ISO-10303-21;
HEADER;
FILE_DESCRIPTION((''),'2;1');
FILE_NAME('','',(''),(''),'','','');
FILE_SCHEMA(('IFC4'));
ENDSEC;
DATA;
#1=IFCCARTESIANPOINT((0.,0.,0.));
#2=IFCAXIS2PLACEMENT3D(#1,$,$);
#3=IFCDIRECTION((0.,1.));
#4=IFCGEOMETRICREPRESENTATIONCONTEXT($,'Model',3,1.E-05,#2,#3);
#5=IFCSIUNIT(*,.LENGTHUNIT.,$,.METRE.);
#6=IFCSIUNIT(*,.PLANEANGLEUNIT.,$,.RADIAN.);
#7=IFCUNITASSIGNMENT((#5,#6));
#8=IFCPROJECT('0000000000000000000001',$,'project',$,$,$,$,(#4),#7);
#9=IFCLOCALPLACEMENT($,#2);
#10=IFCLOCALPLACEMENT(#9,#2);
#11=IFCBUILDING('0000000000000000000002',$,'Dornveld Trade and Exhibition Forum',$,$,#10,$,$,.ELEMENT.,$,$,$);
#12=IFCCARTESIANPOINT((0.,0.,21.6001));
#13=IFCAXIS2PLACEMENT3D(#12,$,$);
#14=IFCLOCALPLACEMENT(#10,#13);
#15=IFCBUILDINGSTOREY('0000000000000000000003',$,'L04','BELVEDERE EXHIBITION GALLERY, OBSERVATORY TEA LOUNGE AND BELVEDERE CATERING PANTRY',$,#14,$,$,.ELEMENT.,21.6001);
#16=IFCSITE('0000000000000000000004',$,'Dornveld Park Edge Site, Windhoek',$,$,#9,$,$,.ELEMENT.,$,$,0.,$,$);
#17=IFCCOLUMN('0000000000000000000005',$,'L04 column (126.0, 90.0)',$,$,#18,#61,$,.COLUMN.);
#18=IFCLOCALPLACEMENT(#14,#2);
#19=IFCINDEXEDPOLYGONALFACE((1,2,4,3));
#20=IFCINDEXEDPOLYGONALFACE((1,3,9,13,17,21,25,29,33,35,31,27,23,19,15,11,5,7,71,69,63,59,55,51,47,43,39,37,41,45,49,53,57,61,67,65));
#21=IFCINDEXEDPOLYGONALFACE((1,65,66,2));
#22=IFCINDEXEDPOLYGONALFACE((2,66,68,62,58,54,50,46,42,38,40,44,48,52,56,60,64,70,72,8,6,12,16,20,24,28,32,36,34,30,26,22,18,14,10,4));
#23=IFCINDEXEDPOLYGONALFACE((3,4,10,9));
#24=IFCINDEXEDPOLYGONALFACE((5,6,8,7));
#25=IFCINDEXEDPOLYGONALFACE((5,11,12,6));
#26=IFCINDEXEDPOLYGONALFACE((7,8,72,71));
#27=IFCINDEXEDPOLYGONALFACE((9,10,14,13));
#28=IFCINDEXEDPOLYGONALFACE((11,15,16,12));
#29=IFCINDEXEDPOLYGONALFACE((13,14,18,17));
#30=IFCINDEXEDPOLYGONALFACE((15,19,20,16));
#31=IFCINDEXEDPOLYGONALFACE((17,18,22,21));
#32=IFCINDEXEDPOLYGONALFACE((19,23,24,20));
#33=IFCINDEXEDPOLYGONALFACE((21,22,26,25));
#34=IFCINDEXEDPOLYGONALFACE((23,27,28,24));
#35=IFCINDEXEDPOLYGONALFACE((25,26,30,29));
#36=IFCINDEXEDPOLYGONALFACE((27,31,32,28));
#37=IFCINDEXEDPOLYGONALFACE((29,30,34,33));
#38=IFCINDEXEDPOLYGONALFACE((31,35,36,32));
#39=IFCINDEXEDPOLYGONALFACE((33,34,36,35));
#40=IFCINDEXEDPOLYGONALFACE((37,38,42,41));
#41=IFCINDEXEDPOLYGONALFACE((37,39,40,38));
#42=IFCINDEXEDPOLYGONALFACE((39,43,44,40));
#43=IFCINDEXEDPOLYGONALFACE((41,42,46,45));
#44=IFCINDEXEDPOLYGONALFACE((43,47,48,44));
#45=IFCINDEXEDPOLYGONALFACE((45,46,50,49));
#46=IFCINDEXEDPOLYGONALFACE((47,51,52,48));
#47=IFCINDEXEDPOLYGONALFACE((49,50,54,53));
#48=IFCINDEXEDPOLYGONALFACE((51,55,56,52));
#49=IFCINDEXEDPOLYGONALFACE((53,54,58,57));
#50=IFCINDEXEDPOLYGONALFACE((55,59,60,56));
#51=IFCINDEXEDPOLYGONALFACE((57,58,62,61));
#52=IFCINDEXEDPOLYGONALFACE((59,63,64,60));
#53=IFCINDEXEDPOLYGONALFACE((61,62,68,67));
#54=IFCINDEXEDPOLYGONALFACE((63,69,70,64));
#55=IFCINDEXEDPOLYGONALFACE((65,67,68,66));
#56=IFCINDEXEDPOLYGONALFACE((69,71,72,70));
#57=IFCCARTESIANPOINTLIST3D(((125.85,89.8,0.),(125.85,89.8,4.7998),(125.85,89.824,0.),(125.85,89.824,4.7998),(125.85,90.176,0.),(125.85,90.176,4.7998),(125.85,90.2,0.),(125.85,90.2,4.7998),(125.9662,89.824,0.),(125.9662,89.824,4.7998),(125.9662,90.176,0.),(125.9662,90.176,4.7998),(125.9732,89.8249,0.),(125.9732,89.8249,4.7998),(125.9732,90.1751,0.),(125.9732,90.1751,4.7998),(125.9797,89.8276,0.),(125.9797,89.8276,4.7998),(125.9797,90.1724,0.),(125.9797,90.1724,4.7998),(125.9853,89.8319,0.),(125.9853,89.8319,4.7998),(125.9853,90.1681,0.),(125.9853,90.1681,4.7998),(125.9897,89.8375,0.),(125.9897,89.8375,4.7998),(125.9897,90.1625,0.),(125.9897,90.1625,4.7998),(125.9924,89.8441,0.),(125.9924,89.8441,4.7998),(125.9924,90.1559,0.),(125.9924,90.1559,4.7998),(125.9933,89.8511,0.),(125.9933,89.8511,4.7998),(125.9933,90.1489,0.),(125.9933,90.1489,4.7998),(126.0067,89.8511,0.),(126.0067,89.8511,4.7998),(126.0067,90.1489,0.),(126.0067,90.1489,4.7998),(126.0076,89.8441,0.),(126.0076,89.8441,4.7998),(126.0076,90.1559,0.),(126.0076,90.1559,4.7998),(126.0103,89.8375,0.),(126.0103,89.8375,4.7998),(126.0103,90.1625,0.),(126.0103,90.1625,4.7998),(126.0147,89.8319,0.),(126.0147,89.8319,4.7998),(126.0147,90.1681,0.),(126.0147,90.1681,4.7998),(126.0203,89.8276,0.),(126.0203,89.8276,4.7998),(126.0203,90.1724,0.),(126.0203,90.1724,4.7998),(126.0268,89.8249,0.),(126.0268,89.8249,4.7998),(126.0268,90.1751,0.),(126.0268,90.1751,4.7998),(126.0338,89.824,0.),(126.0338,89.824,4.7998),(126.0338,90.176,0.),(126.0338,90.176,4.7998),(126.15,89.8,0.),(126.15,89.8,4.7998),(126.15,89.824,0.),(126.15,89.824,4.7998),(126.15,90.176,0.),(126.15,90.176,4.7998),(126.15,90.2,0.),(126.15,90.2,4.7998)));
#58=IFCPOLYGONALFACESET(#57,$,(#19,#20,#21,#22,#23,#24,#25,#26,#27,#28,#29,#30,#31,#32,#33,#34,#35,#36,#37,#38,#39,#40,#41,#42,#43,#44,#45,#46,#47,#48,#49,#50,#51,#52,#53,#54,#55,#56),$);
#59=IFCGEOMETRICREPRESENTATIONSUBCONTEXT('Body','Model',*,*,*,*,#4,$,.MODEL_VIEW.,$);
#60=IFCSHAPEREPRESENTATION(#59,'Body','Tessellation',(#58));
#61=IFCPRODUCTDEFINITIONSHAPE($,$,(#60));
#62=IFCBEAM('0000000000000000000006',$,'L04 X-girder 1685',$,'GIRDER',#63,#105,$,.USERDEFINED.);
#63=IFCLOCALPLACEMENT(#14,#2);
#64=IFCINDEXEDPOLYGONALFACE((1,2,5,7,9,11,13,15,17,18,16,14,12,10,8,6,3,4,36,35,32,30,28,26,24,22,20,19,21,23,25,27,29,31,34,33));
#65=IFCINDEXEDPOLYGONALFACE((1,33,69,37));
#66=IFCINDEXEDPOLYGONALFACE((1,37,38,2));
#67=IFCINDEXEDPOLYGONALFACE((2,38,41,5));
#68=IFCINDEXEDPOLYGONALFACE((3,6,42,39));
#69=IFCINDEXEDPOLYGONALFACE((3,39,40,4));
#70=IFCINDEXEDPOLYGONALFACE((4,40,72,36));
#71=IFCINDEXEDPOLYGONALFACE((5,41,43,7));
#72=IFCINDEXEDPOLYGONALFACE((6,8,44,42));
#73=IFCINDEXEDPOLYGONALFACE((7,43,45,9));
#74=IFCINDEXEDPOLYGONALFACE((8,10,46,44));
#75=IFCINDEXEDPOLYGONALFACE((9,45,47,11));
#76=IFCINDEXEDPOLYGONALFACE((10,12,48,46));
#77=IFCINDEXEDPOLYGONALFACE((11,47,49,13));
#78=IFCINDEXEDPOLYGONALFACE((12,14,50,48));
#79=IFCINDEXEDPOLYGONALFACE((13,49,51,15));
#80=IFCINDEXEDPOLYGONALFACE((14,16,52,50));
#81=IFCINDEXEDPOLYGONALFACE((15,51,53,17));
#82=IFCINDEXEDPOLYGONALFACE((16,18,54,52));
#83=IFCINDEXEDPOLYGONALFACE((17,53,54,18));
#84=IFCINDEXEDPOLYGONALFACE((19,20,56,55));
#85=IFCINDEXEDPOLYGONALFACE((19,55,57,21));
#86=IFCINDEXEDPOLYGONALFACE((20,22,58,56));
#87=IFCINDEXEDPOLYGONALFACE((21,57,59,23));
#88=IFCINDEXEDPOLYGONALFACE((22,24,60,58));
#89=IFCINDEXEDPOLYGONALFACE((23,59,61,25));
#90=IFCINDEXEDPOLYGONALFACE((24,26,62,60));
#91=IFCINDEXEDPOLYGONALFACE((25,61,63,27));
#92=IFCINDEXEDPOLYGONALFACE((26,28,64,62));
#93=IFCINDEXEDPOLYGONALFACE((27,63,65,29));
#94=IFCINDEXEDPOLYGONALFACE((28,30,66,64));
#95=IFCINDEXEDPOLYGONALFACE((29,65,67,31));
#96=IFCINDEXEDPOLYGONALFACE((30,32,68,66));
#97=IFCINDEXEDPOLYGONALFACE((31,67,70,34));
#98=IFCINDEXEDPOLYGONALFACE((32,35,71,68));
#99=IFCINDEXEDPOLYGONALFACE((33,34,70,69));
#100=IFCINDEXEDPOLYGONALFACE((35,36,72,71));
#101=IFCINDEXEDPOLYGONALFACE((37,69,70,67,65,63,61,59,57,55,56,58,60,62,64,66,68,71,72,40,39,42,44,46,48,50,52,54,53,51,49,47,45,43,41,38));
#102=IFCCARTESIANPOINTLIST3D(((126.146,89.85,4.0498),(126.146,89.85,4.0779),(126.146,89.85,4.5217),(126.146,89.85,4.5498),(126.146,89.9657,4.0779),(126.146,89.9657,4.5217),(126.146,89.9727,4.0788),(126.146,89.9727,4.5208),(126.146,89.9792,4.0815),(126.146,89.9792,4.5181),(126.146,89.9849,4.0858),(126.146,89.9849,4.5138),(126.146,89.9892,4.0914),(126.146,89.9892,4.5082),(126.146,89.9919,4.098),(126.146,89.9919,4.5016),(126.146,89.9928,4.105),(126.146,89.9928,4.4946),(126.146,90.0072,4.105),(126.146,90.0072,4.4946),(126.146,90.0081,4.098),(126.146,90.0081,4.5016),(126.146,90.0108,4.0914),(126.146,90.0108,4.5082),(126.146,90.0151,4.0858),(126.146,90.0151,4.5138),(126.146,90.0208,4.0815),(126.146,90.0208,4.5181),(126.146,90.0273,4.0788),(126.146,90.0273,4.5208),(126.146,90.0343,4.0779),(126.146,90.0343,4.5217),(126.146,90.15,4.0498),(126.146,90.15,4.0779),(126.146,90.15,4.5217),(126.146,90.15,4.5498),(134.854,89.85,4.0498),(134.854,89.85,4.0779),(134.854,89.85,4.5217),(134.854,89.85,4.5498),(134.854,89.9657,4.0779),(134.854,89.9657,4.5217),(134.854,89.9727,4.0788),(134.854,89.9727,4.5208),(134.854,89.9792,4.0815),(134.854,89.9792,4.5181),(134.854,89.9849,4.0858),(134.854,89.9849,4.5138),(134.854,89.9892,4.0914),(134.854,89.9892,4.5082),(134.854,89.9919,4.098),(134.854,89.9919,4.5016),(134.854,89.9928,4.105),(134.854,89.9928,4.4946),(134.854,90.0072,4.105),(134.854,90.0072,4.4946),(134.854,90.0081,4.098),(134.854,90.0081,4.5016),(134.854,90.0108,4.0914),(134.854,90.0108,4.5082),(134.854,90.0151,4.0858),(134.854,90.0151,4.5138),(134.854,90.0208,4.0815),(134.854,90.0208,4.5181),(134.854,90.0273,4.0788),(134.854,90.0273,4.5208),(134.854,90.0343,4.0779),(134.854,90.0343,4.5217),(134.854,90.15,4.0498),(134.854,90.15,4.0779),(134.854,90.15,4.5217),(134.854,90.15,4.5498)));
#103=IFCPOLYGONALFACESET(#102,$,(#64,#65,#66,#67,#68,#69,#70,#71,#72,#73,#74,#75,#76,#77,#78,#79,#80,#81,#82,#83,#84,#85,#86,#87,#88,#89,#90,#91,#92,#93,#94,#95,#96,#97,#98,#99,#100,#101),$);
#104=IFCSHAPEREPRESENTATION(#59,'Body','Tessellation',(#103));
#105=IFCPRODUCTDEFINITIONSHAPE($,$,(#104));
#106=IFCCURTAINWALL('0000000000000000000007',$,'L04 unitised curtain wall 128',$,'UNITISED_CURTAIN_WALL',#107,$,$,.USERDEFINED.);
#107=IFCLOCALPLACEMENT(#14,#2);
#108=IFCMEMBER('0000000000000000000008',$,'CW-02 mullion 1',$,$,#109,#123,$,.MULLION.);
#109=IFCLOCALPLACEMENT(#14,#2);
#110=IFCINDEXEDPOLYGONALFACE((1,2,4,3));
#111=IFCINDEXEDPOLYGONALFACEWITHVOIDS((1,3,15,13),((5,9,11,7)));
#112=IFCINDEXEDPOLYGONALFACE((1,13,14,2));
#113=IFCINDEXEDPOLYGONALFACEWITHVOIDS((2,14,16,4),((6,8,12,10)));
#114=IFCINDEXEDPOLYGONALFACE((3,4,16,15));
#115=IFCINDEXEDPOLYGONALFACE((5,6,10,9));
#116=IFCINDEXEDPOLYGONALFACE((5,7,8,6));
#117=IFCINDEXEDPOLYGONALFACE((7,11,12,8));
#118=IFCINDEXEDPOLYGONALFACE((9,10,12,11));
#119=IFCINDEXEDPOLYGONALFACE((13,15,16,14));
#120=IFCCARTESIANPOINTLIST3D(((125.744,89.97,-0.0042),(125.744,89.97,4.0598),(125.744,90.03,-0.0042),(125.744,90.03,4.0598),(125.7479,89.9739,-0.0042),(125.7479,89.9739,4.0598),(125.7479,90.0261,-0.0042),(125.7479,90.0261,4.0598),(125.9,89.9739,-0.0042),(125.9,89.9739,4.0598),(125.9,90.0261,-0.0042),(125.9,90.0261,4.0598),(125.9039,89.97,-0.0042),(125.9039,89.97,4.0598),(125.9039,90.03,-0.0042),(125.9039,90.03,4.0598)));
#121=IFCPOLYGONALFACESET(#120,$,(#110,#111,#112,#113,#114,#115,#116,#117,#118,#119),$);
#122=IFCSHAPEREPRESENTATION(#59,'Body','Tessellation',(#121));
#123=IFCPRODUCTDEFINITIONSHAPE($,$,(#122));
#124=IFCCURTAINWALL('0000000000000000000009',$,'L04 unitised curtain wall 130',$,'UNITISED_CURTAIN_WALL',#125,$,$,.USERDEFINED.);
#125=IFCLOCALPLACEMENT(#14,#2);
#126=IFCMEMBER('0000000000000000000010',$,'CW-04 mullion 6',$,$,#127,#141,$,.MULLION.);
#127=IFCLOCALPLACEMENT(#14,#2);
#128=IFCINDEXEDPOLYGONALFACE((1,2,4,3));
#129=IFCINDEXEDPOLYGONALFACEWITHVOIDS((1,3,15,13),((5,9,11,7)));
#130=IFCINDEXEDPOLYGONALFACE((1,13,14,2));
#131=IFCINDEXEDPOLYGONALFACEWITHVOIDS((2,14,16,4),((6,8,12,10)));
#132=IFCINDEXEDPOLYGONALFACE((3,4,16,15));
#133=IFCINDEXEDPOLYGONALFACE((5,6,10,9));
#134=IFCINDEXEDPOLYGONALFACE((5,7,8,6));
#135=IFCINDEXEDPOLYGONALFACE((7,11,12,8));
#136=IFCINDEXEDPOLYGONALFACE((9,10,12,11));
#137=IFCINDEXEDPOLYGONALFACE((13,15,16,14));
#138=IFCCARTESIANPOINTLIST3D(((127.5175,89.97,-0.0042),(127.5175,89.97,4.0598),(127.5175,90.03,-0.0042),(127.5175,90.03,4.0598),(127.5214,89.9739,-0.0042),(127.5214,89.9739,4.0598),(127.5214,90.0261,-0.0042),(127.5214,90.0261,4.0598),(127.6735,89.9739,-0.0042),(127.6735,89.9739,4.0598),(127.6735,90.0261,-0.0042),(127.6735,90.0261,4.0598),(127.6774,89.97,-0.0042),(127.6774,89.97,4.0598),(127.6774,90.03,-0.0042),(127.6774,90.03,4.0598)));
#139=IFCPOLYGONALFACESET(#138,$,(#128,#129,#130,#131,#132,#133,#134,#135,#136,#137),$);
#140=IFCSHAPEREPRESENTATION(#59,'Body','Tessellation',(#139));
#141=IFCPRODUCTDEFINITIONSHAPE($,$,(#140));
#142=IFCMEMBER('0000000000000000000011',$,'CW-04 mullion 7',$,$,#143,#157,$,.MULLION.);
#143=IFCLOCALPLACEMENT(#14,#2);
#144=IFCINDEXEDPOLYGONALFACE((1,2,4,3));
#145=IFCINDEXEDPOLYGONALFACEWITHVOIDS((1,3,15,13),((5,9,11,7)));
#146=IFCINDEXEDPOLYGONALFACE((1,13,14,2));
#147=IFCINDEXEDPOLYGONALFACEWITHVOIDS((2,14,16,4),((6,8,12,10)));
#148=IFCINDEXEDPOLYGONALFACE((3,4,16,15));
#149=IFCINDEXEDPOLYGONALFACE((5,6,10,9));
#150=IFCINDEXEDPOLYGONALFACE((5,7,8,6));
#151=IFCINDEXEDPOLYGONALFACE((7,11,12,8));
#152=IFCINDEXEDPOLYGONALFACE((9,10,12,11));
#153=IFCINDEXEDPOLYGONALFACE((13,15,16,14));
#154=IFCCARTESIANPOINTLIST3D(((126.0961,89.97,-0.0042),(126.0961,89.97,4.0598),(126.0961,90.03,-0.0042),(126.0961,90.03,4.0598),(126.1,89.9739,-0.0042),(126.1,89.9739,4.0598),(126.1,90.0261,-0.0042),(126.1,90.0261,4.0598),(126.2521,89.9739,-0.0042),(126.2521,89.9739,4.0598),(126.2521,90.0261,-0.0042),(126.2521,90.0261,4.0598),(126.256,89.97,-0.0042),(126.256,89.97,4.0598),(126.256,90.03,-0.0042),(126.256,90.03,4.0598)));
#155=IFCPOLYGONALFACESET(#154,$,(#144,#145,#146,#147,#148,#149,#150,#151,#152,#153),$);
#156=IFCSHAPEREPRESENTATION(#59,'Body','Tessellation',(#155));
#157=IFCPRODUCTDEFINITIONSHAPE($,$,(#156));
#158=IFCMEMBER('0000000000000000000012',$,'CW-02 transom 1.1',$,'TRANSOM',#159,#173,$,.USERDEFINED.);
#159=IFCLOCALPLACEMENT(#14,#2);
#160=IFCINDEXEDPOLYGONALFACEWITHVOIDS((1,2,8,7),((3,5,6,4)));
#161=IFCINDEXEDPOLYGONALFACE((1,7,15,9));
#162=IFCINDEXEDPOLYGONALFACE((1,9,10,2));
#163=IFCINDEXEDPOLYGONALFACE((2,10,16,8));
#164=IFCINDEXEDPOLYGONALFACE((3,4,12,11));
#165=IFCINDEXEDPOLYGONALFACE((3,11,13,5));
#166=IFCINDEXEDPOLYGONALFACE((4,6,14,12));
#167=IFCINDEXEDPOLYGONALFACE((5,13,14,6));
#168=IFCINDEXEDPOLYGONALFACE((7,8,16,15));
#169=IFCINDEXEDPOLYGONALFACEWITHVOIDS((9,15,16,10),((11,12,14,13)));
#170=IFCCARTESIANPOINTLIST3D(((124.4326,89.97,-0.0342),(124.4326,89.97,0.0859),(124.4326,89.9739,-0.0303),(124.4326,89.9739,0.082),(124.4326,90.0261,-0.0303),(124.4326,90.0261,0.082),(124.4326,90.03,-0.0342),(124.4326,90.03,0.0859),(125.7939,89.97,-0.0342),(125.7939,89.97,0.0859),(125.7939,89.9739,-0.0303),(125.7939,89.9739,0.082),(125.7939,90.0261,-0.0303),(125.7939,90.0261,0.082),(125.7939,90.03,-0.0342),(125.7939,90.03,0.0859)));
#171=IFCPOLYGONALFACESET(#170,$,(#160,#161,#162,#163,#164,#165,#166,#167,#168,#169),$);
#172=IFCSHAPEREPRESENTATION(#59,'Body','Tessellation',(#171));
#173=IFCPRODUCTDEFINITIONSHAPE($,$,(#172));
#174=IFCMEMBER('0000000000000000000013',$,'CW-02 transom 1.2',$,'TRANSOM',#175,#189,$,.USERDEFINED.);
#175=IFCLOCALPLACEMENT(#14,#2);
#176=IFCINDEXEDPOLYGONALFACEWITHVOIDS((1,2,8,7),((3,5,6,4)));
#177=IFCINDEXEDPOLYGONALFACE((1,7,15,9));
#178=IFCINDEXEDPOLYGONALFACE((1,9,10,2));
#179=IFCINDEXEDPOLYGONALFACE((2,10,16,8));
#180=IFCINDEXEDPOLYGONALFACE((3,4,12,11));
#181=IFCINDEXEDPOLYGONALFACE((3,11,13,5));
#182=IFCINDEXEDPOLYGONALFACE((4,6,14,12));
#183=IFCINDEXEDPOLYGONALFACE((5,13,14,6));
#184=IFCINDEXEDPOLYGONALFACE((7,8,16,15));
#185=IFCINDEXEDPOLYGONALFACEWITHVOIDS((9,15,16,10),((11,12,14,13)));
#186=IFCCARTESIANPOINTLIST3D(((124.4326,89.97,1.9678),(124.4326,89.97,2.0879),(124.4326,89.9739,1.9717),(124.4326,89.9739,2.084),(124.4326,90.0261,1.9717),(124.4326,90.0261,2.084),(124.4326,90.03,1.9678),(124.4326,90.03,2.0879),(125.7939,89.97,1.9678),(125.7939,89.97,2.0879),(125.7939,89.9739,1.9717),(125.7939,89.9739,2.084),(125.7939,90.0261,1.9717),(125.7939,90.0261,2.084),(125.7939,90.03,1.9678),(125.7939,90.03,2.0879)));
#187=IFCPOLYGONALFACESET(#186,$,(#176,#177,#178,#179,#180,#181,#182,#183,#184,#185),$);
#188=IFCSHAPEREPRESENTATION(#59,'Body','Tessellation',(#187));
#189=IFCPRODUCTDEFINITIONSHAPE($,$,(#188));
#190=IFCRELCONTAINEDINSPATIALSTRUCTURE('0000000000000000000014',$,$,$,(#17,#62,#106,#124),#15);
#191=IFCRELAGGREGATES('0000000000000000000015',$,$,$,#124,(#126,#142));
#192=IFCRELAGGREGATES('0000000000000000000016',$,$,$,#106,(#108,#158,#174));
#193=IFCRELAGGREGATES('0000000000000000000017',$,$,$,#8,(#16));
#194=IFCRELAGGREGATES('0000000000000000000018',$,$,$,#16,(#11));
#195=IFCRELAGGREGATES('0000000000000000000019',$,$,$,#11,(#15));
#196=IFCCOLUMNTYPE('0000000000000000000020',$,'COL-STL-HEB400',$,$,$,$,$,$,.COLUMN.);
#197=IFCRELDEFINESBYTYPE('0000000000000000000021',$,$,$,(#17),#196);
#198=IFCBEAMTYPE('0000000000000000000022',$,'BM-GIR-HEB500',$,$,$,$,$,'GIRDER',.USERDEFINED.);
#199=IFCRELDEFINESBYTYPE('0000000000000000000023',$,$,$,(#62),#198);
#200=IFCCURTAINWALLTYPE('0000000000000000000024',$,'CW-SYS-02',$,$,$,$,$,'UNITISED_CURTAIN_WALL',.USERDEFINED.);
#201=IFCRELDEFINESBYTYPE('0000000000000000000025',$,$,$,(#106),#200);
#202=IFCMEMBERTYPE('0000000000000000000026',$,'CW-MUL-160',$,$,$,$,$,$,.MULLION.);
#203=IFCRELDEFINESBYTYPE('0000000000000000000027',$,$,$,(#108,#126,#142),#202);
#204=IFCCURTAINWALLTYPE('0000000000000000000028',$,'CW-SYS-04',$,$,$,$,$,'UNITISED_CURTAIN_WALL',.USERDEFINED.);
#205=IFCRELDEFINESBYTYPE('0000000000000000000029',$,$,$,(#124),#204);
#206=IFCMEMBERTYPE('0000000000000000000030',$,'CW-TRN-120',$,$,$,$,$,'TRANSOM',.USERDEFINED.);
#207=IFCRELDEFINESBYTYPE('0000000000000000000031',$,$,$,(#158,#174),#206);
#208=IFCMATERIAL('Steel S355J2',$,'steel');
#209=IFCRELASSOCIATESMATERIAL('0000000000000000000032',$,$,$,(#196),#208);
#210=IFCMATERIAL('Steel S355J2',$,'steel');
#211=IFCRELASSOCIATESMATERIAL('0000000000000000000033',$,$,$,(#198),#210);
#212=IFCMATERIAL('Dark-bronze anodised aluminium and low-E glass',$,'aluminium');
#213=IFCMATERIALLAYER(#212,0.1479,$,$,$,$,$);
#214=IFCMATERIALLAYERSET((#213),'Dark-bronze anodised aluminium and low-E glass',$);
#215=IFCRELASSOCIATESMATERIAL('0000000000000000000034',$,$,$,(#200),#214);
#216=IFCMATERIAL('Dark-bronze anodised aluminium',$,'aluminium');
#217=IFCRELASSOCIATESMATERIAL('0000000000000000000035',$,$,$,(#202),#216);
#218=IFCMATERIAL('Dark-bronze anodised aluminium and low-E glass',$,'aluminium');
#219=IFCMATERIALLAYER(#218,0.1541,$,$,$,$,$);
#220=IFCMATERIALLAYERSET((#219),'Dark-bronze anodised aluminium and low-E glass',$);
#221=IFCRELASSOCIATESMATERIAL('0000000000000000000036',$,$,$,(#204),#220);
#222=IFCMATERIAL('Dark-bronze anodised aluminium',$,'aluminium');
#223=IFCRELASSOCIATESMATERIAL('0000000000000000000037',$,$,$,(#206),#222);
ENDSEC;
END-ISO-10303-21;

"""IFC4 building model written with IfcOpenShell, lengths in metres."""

from ifc_helpers import new_model, si_unit, direction, frame, origin, origin_2d, place, context, subcontext, project, spatial, hollow_rectangle, i_section, extrude, material, layer, layer_set, material_profile, profile_set, type_object, element, aggregate, save


model = new_model("IFC4")

# Units and contexts
model_context = context("Model", 3, precision=1e-05, world=origin(), true_north=direction((0.0, 1.0)))
body_context = subcontext(model_context, "Body", "Model", "MODEL_VIEW")
ifc_project = project(units=[si_unit("LENGTHUNIT", "METRE"), si_unit("PLANEANGLEUNIT", "RADIAN")], contexts=[model_context])

# Site, building, storey
site_placement = place(None, origin())
site = spatial("IfcSite", under=ifc_project, at=site_placement, Name="Dornveld Park Edge Site, Windhoek", CompositionType="ELEMENT", RefElevation=0.0)
building_placement = place(site_placement, origin())
building = spatial("IfcBuilding", under=site, at=building_placement, Name="Dornveld Trade and Exhibition Forum", CompositionType="ELEMENT")
storey_placement = place(building_placement, frame((0.0, 0.0, 21.6001)))
storey = spatial("IfcBuildingStorey", under=building, at=storey_placement, Name="L04", Description="BELVEDERE EXHIBITION GALLERY, OBSERVATORY TEA LOUNGE AND BELVEDERE CATERING PANTRY", CompositionType="ELEMENT", Elevation=21.6001)

# Column
ifc_material_1 = material(Name="Steel S355J2", Category="steel")
ifc_material_profile_1 = material_profile(ifc_material_1, i_section(OverallWidth=0.3, OverallDepth=0.3999, WebThickness=0.0134, FlangeThickness=0.0239, FilletRadius=0.0271, at=origin_2d()), Name="HEB 400")
ifc_profile_set_1 = profile_set([ifc_material_profile_1], Name="Steel S355J2")
column_type = type_object("IfcColumnType", Name="COL-STL-HEB400", PredefinedType="COLUMN", material=ifc_profile_set_1)
column_placement = place(storey_placement, frame((126.0, 90.0, 0.0), z_axis=(0.0, 0.0, 1.0), x_axis=(1.0, 0.0, 0.0)))
element("IfcColumn", 1, at=column_placement, inside=storey, type_object=column_type, Name="L04 column (126.0, 90.0)", PredefinedType="COLUMN", context=body_context, shape_type="SweptSolid", body=[
    extrude(i_section(OverallWidth=0.3, OverallDepth=0.3999, WebThickness=0.0134, FlangeThickness=0.0239, FilletRadius=0.0271, at=origin_2d()), origin(), (0.0, 0.0, 1.0), 4.7998),
])

# Beam
ifc_material_2 = material(Name="Steel S355J2", Category="steel")
ifc_material_profile_2 = material_profile(ifc_material_2, i_section(OverallWidth=0.3, OverallDepth=0.5, WebThickness=0.0144, FlangeThickness=0.0281, FilletRadius=0.0271, at=origin_2d()), Name="HEB 500")
ifc_profile_set_2 = profile_set([ifc_material_profile_2], Name="Steel S355J2")
beam_type = type_object("IfcBeamType", Name="BM-GIR-HEB500", ElementType="GIRDER", PredefinedType="USERDEFINED", material=ifc_profile_set_2)
beam_placement = place(storey_placement, frame((126.146, 90.0, 4.2998), z_axis=(1.0, 0.0, 0.0), x_axis=(0.0, 1.0, 0.0)))
element("IfcBeam", 2, at=beam_placement, inside=storey, type_object=beam_type, Name="L04 X-girder 1685", ObjectType="GIRDER", PredefinedType="USERDEFINED", context=body_context, shape_type="SweptSolid", body=[
    extrude(i_section(OverallWidth=0.3, OverallDepth=0.5, WebThickness=0.0144, FlangeThickness=0.0281, FilletRadius=0.0271, at=origin_2d()), origin(), (0.0, 0.0, 1.0), 8.708),
])

# Curtain wall, member
ifc_material_3 = material(Name="Dark-bronze anodised aluminium and low-E glass", Category="aluminium")
ifc_layer_1 = layer(ifc_material_3, 0.1479)
ifc_layer_set_1 = layer_set([ifc_layer_1], Name="Dark-bronze anodised aluminium and low-E glass")
curtain_wall_type_1 = type_object("IfcCurtainWallType", Name="CW-SYS-02", ElementType="UNITISED_CURTAIN_WALL", PredefinedType="USERDEFINED", material=ifc_layer_set_1)
curtain_wall_1_placement = place(storey_placement, origin())
curtain_wall_1 = element("IfcCurtainWall", 3, at=curtain_wall_1_placement, inside=storey, type_object=curtain_wall_type_1, Name="L04 unitised curtain wall 128", ObjectType="UNITISED_CURTAIN_WALL", PredefinedType="USERDEFINED")
ifc_material_4 = material(Name="Dark-bronze anodised aluminium", Category="aluminium")
ifc_material_profile_3 = material_profile(ifc_material_4, hollow_rectangle(XDim=0.0601, YDim=0.1599, WallThickness=0.0039, at=origin_2d()), Name="RHS 160x60x4")
ifc_profile_set_3 = profile_set([ifc_material_profile_3], Name="Dark-bronze anodised aluminium")
member_type_1 = type_object("IfcMemberType", Name="CW-MUL-160", PredefinedType="MULLION", material=ifc_profile_set_3)
member_1_placement = place(storey_placement, frame((125.824, 90.0, -0.0042), z_axis=(0.0, 0.0, 1.0), x_axis=(0.0, -1.0, 0.0)))
member_1 = element("IfcMember", 4, at=member_1_placement, type_object=member_type_1, Name="CW-02 mullion 1", PredefinedType="MULLION", context=body_context, shape_type="SweptSolid", body=[
    extrude(hollow_rectangle(XDim=0.0601, YDim=0.1599, WallThickness=0.0039, at=origin_2d()), origin(), (0.0, 0.0, 1.0), 4.064),
])

# Curtain wall, members
ifc_material_5 = material(Name="Dark-bronze anodised aluminium and low-E glass", Category="aluminium")
ifc_layer_2 = layer(ifc_material_5, 0.1541)
ifc_layer_set_2 = layer_set([ifc_layer_2], Name="Dark-bronze anodised aluminium and low-E glass")
curtain_wall_type_2 = type_object("IfcCurtainWallType", Name="CW-SYS-04", ElementType="UNITISED_CURTAIN_WALL", PredefinedType="USERDEFINED", material=ifc_layer_set_2)
curtain_wall_2_placement = place(storey_placement, origin())
curtain_wall_2 = element("IfcCurtainWall", 5, at=curtain_wall_2_placement, inside=storey, type_object=curtain_wall_type_2, Name="L04 unitised curtain wall 130", ObjectType="UNITISED_CURTAIN_WALL", PredefinedType="USERDEFINED")
member_2_placement = place(storey_placement, frame((127.5974, 90.0, -0.0042), z_axis=(0.0, 0.0, 1.0), x_axis=(0.0, -1.0, 0.0)))
member_2 = element("IfcMember", 6, at=member_2_placement, type_object=member_type_1, Name="CW-04 mullion 6", PredefinedType="MULLION", context=body_context, shape_type="SweptSolid", body=[
    extrude(hollow_rectangle(XDim=0.0601, YDim=0.1599, WallThickness=0.0039, at=origin_2d()), origin(), (0.0, 0.0, 1.0), 4.064),
])
member_3_placement = place(storey_placement, frame((126.176, 90.0, -0.0042), z_axis=(0.0, 0.0, 1.0), x_axis=(0.0, -1.0, 0.0)))
member_3 = element("IfcMember", 7, at=member_3_placement, type_object=member_type_1, Name="CW-04 mullion 7", PredefinedType="MULLION", context=body_context, shape_type="SweptSolid", body=[
    extrude(hollow_rectangle(XDim=0.0601, YDim=0.1599, WallThickness=0.0039, at=origin_2d()), origin(), (0.0, 0.0, 1.0), 4.064),
])

# Members
ifc_material_6 = material(Name="Dark-bronze anodised aluminium", Category="aluminium")
ifc_material_profile_4 = material_profile(ifc_material_6, hollow_rectangle(XDim=0.0601, YDim=0.1201, WallThickness=0.0039, at=origin_2d()), Name="RHS 120x60x4")
ifc_profile_set_4 = profile_set([ifc_material_profile_4], Name="Dark-bronze anodised aluminium")
member_type_2 = type_object("IfcMemberType", Name="CW-TRN-120", ElementType="TRANSOM", PredefinedType="USERDEFINED", material=ifc_profile_set_4)
member_4_placement = place(storey_placement, frame((125.7939, 90.0, 0.0259), z_axis=(-1.0, 0.0, 0.0), x_axis=(0.0, -1.0, 0.0)))
member_4 = element("IfcMember", 8, at=member_4_placement, type_object=member_type_2, Name="CW-02 transom 1.1", ObjectType="TRANSOM", PredefinedType="USERDEFINED", context=body_context, shape_type="SweptSolid", body=[
    extrude(hollow_rectangle(XDim=0.0601, YDim=0.1201, WallThickness=0.0039, at=origin_2d()), origin(), (0.0, 0.0, 1.0), 1.3613),
])
member_5_placement = place(storey_placement, frame((125.7939, 90.0, 2.0278), z_axis=(-1.0, 0.0, 0.0), x_axis=(0.0, -1.0, 0.0)))
member_5 = element("IfcMember", 9, at=member_5_placement, type_object=member_type_2, Name="CW-02 transom 1.2", ObjectType="TRANSOM", PredefinedType="USERDEFINED", context=body_context, shape_type="SweptSolid", body=[
    extrude(hollow_rectangle(XDim=0.0601, YDim=0.1201, WallThickness=0.0039, at=origin_2d()), origin(), (0.0, 0.0, 1.0), 1.3613),
])

aggregate(curtain_wall_2, [member_2, member_3])
aggregate(curtain_wall_1, [member_1, member_4, member_5])

save(model, "model.ifc")
